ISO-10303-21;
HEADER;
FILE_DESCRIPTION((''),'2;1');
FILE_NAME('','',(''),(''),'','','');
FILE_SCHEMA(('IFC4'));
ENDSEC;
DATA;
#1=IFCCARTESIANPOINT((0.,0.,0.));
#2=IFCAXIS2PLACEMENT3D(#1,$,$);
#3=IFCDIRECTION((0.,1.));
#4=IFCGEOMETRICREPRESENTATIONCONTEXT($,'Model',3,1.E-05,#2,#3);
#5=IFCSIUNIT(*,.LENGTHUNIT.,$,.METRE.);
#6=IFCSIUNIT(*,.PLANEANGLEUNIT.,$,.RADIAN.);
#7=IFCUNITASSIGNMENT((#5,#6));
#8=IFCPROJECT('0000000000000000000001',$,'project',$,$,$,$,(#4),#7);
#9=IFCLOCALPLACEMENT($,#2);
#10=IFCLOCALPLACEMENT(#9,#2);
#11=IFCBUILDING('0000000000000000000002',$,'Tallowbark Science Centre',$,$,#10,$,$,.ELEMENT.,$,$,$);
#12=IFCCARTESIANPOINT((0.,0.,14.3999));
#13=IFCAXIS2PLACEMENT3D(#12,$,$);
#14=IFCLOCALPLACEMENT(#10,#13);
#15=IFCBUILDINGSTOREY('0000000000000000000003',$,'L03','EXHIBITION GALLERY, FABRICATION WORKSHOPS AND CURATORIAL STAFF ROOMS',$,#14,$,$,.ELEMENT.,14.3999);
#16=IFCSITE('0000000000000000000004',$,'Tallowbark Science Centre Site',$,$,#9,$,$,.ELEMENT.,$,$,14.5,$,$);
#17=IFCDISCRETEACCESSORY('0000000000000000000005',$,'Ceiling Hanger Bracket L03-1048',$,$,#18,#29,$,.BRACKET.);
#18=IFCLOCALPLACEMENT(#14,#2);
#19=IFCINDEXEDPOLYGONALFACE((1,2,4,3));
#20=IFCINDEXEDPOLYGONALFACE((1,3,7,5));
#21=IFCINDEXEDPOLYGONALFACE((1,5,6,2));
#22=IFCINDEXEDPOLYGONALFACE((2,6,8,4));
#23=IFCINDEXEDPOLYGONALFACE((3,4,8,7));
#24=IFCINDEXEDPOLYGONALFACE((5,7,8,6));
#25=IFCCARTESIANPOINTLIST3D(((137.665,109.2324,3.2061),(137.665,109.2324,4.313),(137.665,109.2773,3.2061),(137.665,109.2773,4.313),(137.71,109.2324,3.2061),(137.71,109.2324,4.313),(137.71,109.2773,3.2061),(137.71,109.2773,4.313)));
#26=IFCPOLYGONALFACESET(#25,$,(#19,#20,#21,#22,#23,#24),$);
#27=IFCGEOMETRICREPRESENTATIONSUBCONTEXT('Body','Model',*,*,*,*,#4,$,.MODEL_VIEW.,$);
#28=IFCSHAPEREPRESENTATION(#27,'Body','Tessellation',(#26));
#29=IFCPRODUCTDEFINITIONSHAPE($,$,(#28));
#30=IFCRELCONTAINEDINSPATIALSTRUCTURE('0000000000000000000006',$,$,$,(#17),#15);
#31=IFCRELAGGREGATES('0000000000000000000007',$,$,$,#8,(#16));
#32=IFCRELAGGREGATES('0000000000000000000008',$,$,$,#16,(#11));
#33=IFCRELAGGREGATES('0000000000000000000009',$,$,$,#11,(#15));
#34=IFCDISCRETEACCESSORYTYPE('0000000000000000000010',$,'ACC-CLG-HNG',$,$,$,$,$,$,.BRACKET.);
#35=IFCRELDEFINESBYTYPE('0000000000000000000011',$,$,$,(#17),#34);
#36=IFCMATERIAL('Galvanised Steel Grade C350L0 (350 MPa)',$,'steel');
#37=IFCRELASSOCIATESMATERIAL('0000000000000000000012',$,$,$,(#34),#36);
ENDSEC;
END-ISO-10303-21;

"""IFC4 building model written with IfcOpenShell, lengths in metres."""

from ifc_helpers import new_model, si_unit, direction, frame, origin, origin_2d, place, context, subcontext, project, spatial, rectangle, extrude, material, type_object, element, save


model = new_model("IFC4")

# Units and contexts
model_context = context("Model", 3, precision=1e-05, world=origin(), true_north=direction((0.0, 1.0)))
body_context = subcontext(model_context, "Body", "Model", "MODEL_VIEW")
ifc_project = project(units=[si_unit("LENGTHUNIT", "METRE"), si_unit("PLANEANGLEUNIT", "RADIAN")], contexts=[model_context])

# Site, building, storey
site_placement = place(None, origin())
site = spatial("IfcSite", under=ifc_project, at=site_placement, Name="Tallowbark Science Centre Site", CompositionType="ELEMENT", RefElevation=14.5)
building_placement = place(site_placement, origin())
building = spatial("IfcBuilding", under=site, at=building_placement, Name="Tallowbark Science Centre", CompositionType="ELEMENT")
storey_placement = place(building_placement, frame((0.0, 0.0, 14.3999)))
storey = spatial("IfcBuildingStorey", under=building, at=storey_placement, Name="L03", Description="EXHIBITION GALLERY, FABRICATION WORKSHOPS AND CURATORIAL STAFF ROOMS", CompositionType="ELEMENT", Elevation=14.3999)

# Discrete accessory
ifc_material_1 = material(Name="Galvanised Steel Grade C350L0 (350 MPa)", Category="steel")
discrete_accessory_type = type_object("IfcDiscreteAccessoryType", Name="ACC-CLG-HNG", PredefinedType="BRACKET", material=ifc_material_1)
for number, where, z_axis, x_axis, name in (
    (1, (137.6875, 109.2549, 3.2061), (0.0, 0.0, 1.0), (1.0, 0.0, 0.0), "Ceiling Hanger Bracket L03-1048"),
):
    element("IfcDiscreteAccessory", number, at=place(storey_placement, frame(where, z_axis=z_axis, x_axis=x_axis)), inside=storey, type_object=discrete_accessory_type, Name=name, PredefinedType="BRACKET", context=body_context, shape_type="SweptSolid", body=[
        extrude(rectangle(XDim=0.0449, YDim=0.0449, at=origin_2d()), origin(), (0.0, 0.0, 1.0), 1.1069),
    ])

save(model, "model.ifc")
